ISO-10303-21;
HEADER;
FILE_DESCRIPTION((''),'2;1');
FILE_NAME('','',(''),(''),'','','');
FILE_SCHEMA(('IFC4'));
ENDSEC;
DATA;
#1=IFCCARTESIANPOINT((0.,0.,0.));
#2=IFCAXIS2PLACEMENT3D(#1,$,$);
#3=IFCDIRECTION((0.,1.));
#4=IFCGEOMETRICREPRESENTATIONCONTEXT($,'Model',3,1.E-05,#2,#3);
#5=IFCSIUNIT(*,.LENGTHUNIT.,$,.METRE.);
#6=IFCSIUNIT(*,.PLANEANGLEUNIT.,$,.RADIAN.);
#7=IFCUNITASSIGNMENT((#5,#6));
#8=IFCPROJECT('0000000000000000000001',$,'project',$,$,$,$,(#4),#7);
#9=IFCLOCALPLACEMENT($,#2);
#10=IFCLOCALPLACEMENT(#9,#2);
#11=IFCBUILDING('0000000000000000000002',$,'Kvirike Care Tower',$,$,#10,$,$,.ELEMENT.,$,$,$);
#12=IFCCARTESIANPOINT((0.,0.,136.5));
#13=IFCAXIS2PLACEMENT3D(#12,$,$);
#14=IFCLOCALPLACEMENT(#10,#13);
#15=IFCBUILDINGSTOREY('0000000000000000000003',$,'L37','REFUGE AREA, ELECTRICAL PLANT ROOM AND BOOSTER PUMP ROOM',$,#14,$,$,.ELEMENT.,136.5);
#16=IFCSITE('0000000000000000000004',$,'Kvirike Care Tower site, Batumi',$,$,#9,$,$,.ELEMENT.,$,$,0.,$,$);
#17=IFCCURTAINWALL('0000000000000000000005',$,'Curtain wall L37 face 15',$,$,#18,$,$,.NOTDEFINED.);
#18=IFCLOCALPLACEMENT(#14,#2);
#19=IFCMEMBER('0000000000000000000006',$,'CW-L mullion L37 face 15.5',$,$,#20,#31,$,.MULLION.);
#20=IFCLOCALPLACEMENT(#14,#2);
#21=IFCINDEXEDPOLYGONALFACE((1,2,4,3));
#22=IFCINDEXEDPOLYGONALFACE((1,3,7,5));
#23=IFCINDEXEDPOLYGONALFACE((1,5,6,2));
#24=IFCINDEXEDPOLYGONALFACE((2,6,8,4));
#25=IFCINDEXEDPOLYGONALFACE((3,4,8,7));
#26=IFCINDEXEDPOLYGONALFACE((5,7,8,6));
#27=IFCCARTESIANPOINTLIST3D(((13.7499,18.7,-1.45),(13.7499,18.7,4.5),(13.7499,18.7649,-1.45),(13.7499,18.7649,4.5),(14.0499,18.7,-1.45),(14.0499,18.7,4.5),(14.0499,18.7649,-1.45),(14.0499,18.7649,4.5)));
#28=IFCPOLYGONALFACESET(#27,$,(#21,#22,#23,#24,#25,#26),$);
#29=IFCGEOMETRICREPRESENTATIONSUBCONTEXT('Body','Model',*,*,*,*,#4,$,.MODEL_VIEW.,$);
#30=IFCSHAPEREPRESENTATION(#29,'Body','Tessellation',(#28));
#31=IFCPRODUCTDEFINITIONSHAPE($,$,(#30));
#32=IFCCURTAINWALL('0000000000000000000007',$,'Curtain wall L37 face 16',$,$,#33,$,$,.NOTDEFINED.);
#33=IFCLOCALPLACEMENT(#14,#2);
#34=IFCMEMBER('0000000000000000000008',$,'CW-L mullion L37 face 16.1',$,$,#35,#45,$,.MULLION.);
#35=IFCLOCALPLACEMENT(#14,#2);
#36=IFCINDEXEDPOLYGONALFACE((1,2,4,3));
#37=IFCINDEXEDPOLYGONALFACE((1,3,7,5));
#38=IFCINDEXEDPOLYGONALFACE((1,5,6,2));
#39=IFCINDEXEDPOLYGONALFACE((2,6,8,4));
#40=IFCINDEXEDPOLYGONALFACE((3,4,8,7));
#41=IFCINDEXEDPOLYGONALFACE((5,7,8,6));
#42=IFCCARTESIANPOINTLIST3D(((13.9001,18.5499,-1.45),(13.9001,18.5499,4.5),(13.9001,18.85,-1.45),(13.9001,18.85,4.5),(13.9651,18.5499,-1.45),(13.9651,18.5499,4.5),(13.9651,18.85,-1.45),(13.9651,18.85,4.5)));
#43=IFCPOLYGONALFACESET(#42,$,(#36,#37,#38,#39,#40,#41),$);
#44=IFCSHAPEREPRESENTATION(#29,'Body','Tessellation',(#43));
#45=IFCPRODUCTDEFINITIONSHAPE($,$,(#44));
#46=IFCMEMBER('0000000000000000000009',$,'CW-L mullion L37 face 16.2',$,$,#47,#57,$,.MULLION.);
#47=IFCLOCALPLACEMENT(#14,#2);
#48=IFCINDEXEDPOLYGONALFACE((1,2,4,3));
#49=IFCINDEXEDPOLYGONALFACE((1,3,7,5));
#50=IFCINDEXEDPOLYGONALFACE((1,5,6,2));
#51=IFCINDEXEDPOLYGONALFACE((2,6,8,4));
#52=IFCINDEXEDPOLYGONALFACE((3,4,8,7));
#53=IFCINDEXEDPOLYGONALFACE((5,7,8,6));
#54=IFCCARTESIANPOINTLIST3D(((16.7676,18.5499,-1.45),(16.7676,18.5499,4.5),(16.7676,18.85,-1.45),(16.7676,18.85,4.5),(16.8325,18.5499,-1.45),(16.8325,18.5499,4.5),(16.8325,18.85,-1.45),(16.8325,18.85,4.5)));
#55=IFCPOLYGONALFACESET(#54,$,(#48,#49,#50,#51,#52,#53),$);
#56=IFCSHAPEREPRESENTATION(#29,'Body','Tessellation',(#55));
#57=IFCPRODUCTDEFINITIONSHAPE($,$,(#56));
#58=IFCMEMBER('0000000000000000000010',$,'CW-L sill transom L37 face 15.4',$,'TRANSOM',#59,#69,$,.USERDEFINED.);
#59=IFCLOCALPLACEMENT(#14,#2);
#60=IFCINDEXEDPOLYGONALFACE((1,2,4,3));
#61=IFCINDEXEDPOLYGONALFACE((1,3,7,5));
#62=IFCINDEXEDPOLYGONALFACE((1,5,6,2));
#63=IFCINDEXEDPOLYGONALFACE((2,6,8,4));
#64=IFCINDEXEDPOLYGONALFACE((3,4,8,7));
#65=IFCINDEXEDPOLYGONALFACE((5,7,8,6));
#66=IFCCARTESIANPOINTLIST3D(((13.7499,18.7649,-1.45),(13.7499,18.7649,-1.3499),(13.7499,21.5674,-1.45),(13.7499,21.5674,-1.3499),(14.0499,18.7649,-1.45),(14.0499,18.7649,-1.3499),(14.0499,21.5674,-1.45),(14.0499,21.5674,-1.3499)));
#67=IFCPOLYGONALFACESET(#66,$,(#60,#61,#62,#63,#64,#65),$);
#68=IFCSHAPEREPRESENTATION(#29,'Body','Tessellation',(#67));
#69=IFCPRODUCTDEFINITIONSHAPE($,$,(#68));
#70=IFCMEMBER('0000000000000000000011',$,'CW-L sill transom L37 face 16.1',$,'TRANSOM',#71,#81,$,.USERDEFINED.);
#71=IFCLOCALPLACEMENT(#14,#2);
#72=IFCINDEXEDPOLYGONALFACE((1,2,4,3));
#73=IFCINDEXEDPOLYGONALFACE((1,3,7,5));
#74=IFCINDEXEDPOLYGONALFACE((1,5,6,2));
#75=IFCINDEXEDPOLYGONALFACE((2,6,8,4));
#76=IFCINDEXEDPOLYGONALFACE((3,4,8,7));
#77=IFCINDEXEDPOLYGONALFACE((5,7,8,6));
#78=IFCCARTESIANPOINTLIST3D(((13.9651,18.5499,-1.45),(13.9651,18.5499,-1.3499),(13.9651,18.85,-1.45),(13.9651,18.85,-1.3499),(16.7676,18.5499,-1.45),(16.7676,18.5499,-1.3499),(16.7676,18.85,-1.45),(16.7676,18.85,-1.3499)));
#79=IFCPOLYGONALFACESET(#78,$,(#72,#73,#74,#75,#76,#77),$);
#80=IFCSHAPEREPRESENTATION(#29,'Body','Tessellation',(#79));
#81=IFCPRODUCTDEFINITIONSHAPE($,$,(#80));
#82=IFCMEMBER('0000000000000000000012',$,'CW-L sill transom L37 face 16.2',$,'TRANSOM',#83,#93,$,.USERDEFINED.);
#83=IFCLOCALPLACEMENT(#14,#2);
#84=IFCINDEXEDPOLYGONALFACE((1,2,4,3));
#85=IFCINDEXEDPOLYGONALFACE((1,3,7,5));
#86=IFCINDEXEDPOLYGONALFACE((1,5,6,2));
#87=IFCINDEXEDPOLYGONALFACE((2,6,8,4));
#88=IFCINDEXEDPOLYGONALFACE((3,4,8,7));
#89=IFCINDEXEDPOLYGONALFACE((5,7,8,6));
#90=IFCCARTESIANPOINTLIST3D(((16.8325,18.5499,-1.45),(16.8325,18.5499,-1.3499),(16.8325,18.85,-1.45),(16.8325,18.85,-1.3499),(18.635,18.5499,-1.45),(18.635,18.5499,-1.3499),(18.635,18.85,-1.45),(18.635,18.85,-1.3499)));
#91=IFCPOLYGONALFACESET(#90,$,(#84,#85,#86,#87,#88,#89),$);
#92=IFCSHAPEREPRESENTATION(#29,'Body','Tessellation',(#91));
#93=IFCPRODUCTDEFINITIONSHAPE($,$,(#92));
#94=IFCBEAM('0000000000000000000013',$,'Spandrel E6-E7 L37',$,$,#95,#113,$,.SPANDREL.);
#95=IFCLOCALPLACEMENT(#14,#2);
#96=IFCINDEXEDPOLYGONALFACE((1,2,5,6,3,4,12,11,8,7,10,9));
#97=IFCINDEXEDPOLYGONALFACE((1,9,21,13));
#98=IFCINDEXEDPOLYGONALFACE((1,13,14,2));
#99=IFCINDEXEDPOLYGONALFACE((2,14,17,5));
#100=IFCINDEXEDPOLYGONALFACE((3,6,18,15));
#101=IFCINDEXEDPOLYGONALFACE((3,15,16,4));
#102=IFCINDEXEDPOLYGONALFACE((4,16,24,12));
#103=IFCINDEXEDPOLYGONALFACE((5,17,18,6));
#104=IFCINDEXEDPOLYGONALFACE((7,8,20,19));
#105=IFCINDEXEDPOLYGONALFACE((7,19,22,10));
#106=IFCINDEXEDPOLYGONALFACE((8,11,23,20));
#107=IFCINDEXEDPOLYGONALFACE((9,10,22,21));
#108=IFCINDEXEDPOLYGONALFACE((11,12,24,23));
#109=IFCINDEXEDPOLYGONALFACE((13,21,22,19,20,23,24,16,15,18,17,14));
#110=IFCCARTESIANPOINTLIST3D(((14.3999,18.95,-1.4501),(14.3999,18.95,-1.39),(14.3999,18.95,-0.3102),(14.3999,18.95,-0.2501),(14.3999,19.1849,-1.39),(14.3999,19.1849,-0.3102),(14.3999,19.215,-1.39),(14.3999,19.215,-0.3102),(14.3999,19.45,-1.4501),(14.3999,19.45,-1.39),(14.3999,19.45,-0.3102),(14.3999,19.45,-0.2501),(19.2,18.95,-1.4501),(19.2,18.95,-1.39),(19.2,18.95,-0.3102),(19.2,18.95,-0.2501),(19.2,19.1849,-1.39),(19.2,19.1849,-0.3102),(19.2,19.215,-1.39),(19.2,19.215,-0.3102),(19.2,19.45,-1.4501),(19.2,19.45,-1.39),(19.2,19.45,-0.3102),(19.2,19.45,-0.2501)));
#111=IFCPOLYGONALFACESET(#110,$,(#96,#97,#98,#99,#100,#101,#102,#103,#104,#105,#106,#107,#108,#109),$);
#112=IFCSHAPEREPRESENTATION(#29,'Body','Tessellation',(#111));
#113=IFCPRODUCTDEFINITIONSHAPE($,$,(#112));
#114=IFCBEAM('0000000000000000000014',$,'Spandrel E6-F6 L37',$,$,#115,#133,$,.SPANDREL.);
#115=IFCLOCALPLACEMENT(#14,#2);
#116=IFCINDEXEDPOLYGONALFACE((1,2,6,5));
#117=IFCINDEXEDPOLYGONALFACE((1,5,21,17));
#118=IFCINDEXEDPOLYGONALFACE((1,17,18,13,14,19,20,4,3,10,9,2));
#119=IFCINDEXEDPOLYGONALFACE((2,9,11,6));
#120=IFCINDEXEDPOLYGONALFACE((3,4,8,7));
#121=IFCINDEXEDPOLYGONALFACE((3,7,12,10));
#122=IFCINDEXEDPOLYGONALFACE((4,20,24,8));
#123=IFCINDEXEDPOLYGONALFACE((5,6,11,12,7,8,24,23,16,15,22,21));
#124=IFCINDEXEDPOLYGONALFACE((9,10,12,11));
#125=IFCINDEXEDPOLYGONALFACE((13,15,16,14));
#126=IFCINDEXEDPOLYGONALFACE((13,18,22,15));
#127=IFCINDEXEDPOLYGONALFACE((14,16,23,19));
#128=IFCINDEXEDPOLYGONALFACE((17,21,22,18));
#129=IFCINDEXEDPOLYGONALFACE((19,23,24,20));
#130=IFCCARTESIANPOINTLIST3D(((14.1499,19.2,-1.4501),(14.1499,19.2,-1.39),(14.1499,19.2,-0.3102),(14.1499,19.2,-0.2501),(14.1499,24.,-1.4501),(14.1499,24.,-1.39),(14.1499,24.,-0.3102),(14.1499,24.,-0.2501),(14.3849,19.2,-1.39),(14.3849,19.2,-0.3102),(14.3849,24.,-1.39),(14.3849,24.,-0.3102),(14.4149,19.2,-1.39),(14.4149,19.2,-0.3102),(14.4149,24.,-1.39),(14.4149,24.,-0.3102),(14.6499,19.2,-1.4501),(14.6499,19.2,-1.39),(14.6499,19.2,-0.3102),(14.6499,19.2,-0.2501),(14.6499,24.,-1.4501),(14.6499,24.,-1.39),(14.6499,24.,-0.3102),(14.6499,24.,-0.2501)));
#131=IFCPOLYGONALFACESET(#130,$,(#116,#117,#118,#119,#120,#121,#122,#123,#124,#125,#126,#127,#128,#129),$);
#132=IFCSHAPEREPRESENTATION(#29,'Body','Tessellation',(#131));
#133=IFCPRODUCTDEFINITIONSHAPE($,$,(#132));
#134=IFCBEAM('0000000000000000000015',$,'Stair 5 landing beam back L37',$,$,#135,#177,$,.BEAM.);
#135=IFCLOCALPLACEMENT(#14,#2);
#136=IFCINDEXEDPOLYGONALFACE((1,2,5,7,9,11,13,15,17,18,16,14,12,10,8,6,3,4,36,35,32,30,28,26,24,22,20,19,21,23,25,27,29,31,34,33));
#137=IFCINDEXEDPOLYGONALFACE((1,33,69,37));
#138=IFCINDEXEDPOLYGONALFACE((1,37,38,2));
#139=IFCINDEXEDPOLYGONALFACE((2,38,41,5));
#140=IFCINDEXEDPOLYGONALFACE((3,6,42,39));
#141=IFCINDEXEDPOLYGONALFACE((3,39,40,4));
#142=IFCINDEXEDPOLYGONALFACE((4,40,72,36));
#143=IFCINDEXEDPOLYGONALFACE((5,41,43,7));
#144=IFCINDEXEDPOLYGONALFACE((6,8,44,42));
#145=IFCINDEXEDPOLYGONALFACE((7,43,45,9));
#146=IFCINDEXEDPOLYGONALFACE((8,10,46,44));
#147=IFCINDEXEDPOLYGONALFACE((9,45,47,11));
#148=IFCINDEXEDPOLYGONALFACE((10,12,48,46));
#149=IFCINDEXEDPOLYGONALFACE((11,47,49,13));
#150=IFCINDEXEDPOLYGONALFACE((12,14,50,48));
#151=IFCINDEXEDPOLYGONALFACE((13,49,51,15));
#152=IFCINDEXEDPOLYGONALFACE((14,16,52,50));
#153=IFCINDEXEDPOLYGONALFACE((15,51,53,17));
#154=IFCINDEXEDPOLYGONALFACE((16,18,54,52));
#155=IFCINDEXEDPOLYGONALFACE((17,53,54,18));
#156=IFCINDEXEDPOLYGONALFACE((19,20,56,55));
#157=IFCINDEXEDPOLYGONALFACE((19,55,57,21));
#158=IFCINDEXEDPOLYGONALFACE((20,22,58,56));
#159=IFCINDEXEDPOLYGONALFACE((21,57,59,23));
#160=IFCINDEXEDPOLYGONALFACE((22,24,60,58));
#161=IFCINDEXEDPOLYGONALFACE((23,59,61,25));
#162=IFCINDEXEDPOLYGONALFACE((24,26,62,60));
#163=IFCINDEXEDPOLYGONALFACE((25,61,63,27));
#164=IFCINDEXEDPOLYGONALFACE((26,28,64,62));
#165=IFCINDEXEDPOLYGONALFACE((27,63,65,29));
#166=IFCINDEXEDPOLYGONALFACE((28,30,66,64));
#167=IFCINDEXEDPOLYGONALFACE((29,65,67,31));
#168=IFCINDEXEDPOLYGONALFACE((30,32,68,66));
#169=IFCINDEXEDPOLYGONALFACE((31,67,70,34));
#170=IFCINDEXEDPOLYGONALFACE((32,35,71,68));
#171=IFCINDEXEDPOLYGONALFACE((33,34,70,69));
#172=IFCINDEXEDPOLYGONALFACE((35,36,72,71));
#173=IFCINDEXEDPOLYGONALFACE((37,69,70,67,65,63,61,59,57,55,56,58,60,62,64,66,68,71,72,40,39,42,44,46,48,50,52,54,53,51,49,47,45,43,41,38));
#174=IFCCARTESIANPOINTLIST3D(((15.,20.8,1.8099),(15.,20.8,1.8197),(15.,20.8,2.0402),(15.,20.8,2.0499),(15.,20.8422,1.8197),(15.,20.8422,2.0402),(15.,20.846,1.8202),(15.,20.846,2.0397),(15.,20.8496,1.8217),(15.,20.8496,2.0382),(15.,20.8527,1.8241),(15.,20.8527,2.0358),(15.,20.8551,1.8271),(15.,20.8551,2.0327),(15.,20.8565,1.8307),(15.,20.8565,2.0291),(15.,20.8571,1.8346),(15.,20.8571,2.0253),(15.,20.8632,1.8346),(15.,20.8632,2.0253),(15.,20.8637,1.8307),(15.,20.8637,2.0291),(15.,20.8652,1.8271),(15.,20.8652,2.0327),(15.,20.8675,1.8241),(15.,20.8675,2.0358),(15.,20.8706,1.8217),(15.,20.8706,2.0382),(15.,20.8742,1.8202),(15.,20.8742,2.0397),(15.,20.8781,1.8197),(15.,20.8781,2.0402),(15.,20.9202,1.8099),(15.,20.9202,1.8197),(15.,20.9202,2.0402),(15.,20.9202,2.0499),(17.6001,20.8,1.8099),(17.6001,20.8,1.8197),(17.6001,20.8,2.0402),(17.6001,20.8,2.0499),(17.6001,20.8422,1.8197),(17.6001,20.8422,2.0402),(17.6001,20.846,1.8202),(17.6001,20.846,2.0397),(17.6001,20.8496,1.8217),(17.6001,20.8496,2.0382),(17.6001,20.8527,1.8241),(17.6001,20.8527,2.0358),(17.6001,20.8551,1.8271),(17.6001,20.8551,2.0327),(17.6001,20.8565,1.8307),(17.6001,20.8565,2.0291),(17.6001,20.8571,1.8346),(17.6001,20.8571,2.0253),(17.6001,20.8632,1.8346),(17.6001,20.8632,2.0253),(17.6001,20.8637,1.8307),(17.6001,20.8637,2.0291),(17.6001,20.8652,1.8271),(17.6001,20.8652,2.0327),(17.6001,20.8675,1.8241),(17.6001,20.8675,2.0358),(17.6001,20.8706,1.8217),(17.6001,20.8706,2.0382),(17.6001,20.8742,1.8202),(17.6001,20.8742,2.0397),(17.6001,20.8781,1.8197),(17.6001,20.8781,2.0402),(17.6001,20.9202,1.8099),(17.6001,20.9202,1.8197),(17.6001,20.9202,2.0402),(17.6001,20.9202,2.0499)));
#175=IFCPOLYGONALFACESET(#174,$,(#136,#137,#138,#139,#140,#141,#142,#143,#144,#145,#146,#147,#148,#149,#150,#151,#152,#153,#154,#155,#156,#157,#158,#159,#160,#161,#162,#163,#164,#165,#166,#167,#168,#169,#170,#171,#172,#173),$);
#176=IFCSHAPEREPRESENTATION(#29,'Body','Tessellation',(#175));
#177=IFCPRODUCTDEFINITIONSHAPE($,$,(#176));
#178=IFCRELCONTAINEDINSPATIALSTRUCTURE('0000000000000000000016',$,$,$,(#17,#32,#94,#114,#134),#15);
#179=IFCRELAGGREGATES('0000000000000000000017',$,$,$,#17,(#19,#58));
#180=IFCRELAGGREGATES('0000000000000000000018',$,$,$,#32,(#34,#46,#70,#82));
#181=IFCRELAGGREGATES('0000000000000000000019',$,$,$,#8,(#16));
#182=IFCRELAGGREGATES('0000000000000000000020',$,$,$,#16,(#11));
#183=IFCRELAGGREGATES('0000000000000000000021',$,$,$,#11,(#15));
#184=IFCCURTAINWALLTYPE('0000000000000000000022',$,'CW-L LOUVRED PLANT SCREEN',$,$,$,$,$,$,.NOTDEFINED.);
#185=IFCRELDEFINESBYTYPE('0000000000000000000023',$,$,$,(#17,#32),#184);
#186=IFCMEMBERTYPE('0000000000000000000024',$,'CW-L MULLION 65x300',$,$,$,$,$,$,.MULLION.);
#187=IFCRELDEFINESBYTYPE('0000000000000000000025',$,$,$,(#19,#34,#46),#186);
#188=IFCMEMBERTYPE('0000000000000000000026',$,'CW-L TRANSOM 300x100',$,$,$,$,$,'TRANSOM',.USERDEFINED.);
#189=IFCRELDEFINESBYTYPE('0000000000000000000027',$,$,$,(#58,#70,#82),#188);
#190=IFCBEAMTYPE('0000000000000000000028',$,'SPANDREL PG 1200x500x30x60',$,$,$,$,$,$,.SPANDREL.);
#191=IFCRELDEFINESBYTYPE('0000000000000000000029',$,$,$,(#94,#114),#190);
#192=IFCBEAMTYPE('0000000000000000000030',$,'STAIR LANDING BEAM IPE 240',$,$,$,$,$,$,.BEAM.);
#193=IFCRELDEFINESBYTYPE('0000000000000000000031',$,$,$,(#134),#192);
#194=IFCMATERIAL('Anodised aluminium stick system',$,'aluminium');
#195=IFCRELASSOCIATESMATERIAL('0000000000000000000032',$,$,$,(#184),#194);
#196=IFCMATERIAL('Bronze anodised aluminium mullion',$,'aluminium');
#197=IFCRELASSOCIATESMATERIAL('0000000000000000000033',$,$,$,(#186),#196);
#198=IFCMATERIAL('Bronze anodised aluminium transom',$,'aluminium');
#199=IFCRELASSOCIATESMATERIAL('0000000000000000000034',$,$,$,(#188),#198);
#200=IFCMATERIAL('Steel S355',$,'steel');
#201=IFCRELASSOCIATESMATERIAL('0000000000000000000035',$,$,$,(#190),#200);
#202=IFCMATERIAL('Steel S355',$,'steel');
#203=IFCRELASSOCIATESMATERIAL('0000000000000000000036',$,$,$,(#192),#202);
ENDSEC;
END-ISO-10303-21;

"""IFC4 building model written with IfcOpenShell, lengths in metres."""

from ifc_helpers import new_model, si_unit, direction, frame, origin, origin_2d, place, context, subcontext, project, spatial, rectangle, i_section, extrude, material, material_profile, profile_set, type_object, element, aggregate, save


model = new_model("IFC4")

# Units and contexts
model_context = context("Model", 3, precision=1e-05, world=origin(), true_north=direction((0.0, 1.0)))
body_context = subcontext(model_context, "Body", "Model", "MODEL_VIEW")
ifc_project = project(units=[si_unit("LENGTHUNIT", "METRE"), si_unit("PLANEANGLEUNIT", "RADIAN")], contexts=[model_context])

# Site, building, storey
site_placement = place(None, origin())
site = spatial("IfcSite", under=ifc_project, at=site_placement, Name="Kvirike Care Tower site, Batumi", CompositionType="ELEMENT", RefElevation=0.0)
building_placement = place(site_placement, origin())
building = spatial("IfcBuilding", under=site, at=building_placement, Name="Kvirike Care Tower", CompositionType="ELEMENT")
storey_placement = place(building_placement, frame((0.0, 0.0, 136.5)))
storey = spatial("IfcBuildingStorey", under=building, at=storey_placement, Name="L37", Description="REFUGE AREA, ELECTRICAL PLANT ROOM AND BOOSTER PUMP ROOM", CompositionType="ELEMENT", Elevation=136.5)

# Curtain walls, members
ifc_material_1 = material(Name="Anodised aluminium stick system", Category="aluminium")
curtain_wall_type = type_object("IfcCurtainWallType", Name="CW-L LOUVRED PLANT SCREEN", PredefinedType="NOTDEFINED", material=ifc_material_1)
curtain_wall_1_placement = place(storey_placement, origin())
curtain_wall_1 = element("IfcCurtainWall", 1, at=curtain_wall_1_placement, inside=storey, type_object=curtain_wall_type, Name="Curtain wall L37 face 15", PredefinedType="NOTDEFINED")
ifc_material_2 = material(Name="Bronze anodised aluminium mullion", Category="aluminium")
ifc_material_profile_1 = material_profile(ifc_material_2, rectangle(XDim=0.0649, YDim=0.3, at=origin_2d()), Name="CW-L MULLION 65x300")
ifc_profile_set_1 = profile_set([ifc_material_profile_1], Name="Bronze anodised aluminium mullion")
member_type_1 = type_object("IfcMemberType", Name="CW-L MULLION 65x300", PredefinedType="MULLION", material=ifc_profile_set_1)
member_1_placement = place(storey_placement, frame((13.8999, 18.7324, -1.45), z_axis=(0.0, 0.0, 1.0), x_axis=(0.0, -1.0, 0.0)))
member_1 = element("IfcMember", 2, at=member_1_placement, type_object=member_type_1, Name="CW-L mullion L37 face 15.5", PredefinedType="MULLION", context=body_context, shape_type="SweptSolid", body=[
    extrude(rectangle(XDim=0.0649, YDim=0.3, at=origin_2d()), origin(), (0.0, 0.0, 1.0), 5.95),
])
curtain_wall_2_placement = place(storey_placement, origin())
curtain_wall_2 = element("IfcCurtainWall", 3, at=curtain_wall_2_placement, inside=storey, type_object=curtain_wall_type, Name="Curtain wall L37 face 16", PredefinedType="NOTDEFINED")
member_2_placement = place(storey_placement, frame((13.9326, 18.7, -1.45), z_axis=(0.0, 0.0, 1.0), x_axis=(1.0, 0.0, 0.0)))
member_2 = element("IfcMember", 4, at=member_2_placement, type_object=member_type_1, Name="CW-L mullion L37 face 16.1", PredefinedType="MULLION", context=body_context, shape_type="SweptSolid", body=[
    extrude(rectangle(XDim=0.0649, YDim=0.3, at=origin_2d()), origin(), (0.0, 0.0, 1.0), 5.95),
])
member_3_placement = place(storey_placement, frame((16.8, 18.7, -1.45), z_axis=(0.0, 0.0, 1.0), x_axis=(1.0, 0.0, 0.0)))
member_3 = element("IfcMember", 5, at=member_3_placement, type_object=member_type_1, Name="CW-L mullion L37 face 16.2", PredefinedType="MULLION", context=body_context, shape_type="SweptSolid", body=[
    extrude(rectangle(XDim=0.0649, YDim=0.3, at=origin_2d()), origin(), (0.0, 0.0, 1.0), 5.95),
])

# Members
ifc_material_3 = material(Name="Bronze anodised aluminium transom", Category="aluminium")
ifc_material_profile_2 = material_profile(ifc_material_3, rectangle(XDim=0.3, YDim=0.1001, at=origin_2d()), Name="CW-L TRANSOM 300x100")
ifc_profile_set_2 = profile_set([ifc_material_profile_2], Name="Bronze anodised aluminium transom")
member_type_2 = type_object("IfcMemberType", Name="CW-L TRANSOM 300x100", ElementType="TRANSOM", PredefinedType="USERDEFINED", material=ifc_profile_set_2)
member_4_placement = place(storey_placement, frame((13.8999, 21.5674, -1.3999), z_axis=(0.0, -1.0, 0.0), x_axis=(1.0, 0.0, 0.0)))
member_4 = element("IfcMember", 6, at=member_4_placement, type_object=member_type_2, Name="CW-L sill transom L37 face 15.4", ObjectType="TRANSOM", PredefinedType="USERDEFINED", context=body_context, shape_type="SweptSolid", body=[
    extrude(rectangle(XDim=0.3, YDim=0.1001, at=origin_2d()), origin(), (0.0, 0.0, 1.0), 2.8025),
])
member_5_placement = place(storey_placement, frame((13.9651, 18.7, -1.3999), z_axis=(1.0, 0.0, 0.0), x_axis=(0.0, 1.0, 0.0)))
member_5 = element("IfcMember", 7, at=member_5_placement, type_object=member_type_2, Name="CW-L sill transom L37 face 16.1", ObjectType="TRANSOM", PredefinedType="USERDEFINED", context=body_context, shape_type="SweptSolid", body=[
    extrude(rectangle(XDim=0.3, YDim=0.1001, at=origin_2d()), origin(), (0.0, 0.0, 1.0), 2.8025),
])
member_6_placement = place(storey_placement, frame((16.8325, 18.7, -1.3999), z_axis=(1.0, 0.0, 0.0), x_axis=(0.0, 1.0, 0.0)))
member_6 = element("IfcMember", 8, at=member_6_placement, type_object=member_type_2, Name="CW-L sill transom L37 face 16.2", ObjectType="TRANSOM", PredefinedType="USERDEFINED", context=body_context, shape_type="SweptSolid", body=[
    extrude(rectangle(XDim=0.3, YDim=0.1001, at=origin_2d()), origin(), (0.0, 0.0, 1.0), 1.8025),
])

# Beams
ifc_material_4 = material(Name="Steel S355", Category="steel")
ifc_material_profile_3 = material_profile(ifc_material_4, i_section(OverallWidth=0.5, OverallDepth=1.2, WebThickness=0.03, FlangeThickness=0.0601, at=origin_2d()), Name="PG 1200x500x30x60")
ifc_profile_set_3 = profile_set([ifc_material_profile_3], Name="Steel S355")
beam_type_1 = type_object("IfcBeamType", Name="SPANDREL PG 1200x500x30x60", PredefinedType="SPANDREL", material=ifc_profile_set_3)
for number, where, z_axis, x_axis, name in (
    (9, (14.3999, 19.2, -0.8501), (1.0, 0.0, 0.0), (0.0, 1.0, 0.0), "Spandrel E6-E7 L37"),
    (10, (14.3999, 19.2, -0.8501), (0.0, 1.0, 0.0), (-1.0, 0.0, 0.0), "Spandrel E6-F6 L37"),
):
    element("IfcBeam", number, at=place(storey_placement, frame(where, z_axis=z_axis, x_axis=x_axis)), inside=storey, type_object=beam_type_1, Name=name, PredefinedType="SPANDREL", context=body_context, shape_type="SweptSolid", body=[
        extrude(i_section(OverallWidth=0.5, OverallDepth=1.2, WebThickness=0.03, FlangeThickness=0.0601, at=origin_2d()), origin(), (0.0, 0.0, 1.0), 4.8),
    ])
ifc_material_5 = material(Name="Steel S355", Category="steel")
ifc_material_profile_4 = material_profile(ifc_material_5, i_section(OverallWidth=0.1201, OverallDepth=0.24, WebThickness=0.0061, FlangeThickness=0.0098, FilletRadius=0.0149, at=origin_2d()), Name="IPE 240")
ifc_profile_set_4 = profile_set([ifc_material_profile_4], Name="Steel S355")
beam_type_2 = type_object("IfcBeamType", Name="STAIR LANDING BEAM IPE 240", PredefinedType="BEAM", material=ifc_profile_set_4)
for number, where, z_axis, x_axis, name in (
    (11, (15.0, 20.8601, 1.9299), (1.0, 0.0, 0.0), (0.0, 1.0, 0.0), "Stair 5 landing beam back L37"),
):
    element("IfcBeam", number, at=place(storey_placement, frame(where, z_axis=z_axis, x_axis=x_axis)), inside=storey, type_object=beam_type_2, Name=name, PredefinedType="BEAM", context=body_context, shape_type="SweptSolid", body=[
        extrude(i_section(OverallWidth=0.1201, OverallDepth=0.24, WebThickness=0.0061, FlangeThickness=0.0098, FilletRadius=0.0149, at=origin_2d()), origin(), (0.0, 0.0, 1.0), 2.6001),
    ])

aggregate(curtain_wall_1, [member_1, member_4])
aggregate(curtain_wall_2, [member_2, member_3, member_5, member_6])

save(model, "model.ifc")
